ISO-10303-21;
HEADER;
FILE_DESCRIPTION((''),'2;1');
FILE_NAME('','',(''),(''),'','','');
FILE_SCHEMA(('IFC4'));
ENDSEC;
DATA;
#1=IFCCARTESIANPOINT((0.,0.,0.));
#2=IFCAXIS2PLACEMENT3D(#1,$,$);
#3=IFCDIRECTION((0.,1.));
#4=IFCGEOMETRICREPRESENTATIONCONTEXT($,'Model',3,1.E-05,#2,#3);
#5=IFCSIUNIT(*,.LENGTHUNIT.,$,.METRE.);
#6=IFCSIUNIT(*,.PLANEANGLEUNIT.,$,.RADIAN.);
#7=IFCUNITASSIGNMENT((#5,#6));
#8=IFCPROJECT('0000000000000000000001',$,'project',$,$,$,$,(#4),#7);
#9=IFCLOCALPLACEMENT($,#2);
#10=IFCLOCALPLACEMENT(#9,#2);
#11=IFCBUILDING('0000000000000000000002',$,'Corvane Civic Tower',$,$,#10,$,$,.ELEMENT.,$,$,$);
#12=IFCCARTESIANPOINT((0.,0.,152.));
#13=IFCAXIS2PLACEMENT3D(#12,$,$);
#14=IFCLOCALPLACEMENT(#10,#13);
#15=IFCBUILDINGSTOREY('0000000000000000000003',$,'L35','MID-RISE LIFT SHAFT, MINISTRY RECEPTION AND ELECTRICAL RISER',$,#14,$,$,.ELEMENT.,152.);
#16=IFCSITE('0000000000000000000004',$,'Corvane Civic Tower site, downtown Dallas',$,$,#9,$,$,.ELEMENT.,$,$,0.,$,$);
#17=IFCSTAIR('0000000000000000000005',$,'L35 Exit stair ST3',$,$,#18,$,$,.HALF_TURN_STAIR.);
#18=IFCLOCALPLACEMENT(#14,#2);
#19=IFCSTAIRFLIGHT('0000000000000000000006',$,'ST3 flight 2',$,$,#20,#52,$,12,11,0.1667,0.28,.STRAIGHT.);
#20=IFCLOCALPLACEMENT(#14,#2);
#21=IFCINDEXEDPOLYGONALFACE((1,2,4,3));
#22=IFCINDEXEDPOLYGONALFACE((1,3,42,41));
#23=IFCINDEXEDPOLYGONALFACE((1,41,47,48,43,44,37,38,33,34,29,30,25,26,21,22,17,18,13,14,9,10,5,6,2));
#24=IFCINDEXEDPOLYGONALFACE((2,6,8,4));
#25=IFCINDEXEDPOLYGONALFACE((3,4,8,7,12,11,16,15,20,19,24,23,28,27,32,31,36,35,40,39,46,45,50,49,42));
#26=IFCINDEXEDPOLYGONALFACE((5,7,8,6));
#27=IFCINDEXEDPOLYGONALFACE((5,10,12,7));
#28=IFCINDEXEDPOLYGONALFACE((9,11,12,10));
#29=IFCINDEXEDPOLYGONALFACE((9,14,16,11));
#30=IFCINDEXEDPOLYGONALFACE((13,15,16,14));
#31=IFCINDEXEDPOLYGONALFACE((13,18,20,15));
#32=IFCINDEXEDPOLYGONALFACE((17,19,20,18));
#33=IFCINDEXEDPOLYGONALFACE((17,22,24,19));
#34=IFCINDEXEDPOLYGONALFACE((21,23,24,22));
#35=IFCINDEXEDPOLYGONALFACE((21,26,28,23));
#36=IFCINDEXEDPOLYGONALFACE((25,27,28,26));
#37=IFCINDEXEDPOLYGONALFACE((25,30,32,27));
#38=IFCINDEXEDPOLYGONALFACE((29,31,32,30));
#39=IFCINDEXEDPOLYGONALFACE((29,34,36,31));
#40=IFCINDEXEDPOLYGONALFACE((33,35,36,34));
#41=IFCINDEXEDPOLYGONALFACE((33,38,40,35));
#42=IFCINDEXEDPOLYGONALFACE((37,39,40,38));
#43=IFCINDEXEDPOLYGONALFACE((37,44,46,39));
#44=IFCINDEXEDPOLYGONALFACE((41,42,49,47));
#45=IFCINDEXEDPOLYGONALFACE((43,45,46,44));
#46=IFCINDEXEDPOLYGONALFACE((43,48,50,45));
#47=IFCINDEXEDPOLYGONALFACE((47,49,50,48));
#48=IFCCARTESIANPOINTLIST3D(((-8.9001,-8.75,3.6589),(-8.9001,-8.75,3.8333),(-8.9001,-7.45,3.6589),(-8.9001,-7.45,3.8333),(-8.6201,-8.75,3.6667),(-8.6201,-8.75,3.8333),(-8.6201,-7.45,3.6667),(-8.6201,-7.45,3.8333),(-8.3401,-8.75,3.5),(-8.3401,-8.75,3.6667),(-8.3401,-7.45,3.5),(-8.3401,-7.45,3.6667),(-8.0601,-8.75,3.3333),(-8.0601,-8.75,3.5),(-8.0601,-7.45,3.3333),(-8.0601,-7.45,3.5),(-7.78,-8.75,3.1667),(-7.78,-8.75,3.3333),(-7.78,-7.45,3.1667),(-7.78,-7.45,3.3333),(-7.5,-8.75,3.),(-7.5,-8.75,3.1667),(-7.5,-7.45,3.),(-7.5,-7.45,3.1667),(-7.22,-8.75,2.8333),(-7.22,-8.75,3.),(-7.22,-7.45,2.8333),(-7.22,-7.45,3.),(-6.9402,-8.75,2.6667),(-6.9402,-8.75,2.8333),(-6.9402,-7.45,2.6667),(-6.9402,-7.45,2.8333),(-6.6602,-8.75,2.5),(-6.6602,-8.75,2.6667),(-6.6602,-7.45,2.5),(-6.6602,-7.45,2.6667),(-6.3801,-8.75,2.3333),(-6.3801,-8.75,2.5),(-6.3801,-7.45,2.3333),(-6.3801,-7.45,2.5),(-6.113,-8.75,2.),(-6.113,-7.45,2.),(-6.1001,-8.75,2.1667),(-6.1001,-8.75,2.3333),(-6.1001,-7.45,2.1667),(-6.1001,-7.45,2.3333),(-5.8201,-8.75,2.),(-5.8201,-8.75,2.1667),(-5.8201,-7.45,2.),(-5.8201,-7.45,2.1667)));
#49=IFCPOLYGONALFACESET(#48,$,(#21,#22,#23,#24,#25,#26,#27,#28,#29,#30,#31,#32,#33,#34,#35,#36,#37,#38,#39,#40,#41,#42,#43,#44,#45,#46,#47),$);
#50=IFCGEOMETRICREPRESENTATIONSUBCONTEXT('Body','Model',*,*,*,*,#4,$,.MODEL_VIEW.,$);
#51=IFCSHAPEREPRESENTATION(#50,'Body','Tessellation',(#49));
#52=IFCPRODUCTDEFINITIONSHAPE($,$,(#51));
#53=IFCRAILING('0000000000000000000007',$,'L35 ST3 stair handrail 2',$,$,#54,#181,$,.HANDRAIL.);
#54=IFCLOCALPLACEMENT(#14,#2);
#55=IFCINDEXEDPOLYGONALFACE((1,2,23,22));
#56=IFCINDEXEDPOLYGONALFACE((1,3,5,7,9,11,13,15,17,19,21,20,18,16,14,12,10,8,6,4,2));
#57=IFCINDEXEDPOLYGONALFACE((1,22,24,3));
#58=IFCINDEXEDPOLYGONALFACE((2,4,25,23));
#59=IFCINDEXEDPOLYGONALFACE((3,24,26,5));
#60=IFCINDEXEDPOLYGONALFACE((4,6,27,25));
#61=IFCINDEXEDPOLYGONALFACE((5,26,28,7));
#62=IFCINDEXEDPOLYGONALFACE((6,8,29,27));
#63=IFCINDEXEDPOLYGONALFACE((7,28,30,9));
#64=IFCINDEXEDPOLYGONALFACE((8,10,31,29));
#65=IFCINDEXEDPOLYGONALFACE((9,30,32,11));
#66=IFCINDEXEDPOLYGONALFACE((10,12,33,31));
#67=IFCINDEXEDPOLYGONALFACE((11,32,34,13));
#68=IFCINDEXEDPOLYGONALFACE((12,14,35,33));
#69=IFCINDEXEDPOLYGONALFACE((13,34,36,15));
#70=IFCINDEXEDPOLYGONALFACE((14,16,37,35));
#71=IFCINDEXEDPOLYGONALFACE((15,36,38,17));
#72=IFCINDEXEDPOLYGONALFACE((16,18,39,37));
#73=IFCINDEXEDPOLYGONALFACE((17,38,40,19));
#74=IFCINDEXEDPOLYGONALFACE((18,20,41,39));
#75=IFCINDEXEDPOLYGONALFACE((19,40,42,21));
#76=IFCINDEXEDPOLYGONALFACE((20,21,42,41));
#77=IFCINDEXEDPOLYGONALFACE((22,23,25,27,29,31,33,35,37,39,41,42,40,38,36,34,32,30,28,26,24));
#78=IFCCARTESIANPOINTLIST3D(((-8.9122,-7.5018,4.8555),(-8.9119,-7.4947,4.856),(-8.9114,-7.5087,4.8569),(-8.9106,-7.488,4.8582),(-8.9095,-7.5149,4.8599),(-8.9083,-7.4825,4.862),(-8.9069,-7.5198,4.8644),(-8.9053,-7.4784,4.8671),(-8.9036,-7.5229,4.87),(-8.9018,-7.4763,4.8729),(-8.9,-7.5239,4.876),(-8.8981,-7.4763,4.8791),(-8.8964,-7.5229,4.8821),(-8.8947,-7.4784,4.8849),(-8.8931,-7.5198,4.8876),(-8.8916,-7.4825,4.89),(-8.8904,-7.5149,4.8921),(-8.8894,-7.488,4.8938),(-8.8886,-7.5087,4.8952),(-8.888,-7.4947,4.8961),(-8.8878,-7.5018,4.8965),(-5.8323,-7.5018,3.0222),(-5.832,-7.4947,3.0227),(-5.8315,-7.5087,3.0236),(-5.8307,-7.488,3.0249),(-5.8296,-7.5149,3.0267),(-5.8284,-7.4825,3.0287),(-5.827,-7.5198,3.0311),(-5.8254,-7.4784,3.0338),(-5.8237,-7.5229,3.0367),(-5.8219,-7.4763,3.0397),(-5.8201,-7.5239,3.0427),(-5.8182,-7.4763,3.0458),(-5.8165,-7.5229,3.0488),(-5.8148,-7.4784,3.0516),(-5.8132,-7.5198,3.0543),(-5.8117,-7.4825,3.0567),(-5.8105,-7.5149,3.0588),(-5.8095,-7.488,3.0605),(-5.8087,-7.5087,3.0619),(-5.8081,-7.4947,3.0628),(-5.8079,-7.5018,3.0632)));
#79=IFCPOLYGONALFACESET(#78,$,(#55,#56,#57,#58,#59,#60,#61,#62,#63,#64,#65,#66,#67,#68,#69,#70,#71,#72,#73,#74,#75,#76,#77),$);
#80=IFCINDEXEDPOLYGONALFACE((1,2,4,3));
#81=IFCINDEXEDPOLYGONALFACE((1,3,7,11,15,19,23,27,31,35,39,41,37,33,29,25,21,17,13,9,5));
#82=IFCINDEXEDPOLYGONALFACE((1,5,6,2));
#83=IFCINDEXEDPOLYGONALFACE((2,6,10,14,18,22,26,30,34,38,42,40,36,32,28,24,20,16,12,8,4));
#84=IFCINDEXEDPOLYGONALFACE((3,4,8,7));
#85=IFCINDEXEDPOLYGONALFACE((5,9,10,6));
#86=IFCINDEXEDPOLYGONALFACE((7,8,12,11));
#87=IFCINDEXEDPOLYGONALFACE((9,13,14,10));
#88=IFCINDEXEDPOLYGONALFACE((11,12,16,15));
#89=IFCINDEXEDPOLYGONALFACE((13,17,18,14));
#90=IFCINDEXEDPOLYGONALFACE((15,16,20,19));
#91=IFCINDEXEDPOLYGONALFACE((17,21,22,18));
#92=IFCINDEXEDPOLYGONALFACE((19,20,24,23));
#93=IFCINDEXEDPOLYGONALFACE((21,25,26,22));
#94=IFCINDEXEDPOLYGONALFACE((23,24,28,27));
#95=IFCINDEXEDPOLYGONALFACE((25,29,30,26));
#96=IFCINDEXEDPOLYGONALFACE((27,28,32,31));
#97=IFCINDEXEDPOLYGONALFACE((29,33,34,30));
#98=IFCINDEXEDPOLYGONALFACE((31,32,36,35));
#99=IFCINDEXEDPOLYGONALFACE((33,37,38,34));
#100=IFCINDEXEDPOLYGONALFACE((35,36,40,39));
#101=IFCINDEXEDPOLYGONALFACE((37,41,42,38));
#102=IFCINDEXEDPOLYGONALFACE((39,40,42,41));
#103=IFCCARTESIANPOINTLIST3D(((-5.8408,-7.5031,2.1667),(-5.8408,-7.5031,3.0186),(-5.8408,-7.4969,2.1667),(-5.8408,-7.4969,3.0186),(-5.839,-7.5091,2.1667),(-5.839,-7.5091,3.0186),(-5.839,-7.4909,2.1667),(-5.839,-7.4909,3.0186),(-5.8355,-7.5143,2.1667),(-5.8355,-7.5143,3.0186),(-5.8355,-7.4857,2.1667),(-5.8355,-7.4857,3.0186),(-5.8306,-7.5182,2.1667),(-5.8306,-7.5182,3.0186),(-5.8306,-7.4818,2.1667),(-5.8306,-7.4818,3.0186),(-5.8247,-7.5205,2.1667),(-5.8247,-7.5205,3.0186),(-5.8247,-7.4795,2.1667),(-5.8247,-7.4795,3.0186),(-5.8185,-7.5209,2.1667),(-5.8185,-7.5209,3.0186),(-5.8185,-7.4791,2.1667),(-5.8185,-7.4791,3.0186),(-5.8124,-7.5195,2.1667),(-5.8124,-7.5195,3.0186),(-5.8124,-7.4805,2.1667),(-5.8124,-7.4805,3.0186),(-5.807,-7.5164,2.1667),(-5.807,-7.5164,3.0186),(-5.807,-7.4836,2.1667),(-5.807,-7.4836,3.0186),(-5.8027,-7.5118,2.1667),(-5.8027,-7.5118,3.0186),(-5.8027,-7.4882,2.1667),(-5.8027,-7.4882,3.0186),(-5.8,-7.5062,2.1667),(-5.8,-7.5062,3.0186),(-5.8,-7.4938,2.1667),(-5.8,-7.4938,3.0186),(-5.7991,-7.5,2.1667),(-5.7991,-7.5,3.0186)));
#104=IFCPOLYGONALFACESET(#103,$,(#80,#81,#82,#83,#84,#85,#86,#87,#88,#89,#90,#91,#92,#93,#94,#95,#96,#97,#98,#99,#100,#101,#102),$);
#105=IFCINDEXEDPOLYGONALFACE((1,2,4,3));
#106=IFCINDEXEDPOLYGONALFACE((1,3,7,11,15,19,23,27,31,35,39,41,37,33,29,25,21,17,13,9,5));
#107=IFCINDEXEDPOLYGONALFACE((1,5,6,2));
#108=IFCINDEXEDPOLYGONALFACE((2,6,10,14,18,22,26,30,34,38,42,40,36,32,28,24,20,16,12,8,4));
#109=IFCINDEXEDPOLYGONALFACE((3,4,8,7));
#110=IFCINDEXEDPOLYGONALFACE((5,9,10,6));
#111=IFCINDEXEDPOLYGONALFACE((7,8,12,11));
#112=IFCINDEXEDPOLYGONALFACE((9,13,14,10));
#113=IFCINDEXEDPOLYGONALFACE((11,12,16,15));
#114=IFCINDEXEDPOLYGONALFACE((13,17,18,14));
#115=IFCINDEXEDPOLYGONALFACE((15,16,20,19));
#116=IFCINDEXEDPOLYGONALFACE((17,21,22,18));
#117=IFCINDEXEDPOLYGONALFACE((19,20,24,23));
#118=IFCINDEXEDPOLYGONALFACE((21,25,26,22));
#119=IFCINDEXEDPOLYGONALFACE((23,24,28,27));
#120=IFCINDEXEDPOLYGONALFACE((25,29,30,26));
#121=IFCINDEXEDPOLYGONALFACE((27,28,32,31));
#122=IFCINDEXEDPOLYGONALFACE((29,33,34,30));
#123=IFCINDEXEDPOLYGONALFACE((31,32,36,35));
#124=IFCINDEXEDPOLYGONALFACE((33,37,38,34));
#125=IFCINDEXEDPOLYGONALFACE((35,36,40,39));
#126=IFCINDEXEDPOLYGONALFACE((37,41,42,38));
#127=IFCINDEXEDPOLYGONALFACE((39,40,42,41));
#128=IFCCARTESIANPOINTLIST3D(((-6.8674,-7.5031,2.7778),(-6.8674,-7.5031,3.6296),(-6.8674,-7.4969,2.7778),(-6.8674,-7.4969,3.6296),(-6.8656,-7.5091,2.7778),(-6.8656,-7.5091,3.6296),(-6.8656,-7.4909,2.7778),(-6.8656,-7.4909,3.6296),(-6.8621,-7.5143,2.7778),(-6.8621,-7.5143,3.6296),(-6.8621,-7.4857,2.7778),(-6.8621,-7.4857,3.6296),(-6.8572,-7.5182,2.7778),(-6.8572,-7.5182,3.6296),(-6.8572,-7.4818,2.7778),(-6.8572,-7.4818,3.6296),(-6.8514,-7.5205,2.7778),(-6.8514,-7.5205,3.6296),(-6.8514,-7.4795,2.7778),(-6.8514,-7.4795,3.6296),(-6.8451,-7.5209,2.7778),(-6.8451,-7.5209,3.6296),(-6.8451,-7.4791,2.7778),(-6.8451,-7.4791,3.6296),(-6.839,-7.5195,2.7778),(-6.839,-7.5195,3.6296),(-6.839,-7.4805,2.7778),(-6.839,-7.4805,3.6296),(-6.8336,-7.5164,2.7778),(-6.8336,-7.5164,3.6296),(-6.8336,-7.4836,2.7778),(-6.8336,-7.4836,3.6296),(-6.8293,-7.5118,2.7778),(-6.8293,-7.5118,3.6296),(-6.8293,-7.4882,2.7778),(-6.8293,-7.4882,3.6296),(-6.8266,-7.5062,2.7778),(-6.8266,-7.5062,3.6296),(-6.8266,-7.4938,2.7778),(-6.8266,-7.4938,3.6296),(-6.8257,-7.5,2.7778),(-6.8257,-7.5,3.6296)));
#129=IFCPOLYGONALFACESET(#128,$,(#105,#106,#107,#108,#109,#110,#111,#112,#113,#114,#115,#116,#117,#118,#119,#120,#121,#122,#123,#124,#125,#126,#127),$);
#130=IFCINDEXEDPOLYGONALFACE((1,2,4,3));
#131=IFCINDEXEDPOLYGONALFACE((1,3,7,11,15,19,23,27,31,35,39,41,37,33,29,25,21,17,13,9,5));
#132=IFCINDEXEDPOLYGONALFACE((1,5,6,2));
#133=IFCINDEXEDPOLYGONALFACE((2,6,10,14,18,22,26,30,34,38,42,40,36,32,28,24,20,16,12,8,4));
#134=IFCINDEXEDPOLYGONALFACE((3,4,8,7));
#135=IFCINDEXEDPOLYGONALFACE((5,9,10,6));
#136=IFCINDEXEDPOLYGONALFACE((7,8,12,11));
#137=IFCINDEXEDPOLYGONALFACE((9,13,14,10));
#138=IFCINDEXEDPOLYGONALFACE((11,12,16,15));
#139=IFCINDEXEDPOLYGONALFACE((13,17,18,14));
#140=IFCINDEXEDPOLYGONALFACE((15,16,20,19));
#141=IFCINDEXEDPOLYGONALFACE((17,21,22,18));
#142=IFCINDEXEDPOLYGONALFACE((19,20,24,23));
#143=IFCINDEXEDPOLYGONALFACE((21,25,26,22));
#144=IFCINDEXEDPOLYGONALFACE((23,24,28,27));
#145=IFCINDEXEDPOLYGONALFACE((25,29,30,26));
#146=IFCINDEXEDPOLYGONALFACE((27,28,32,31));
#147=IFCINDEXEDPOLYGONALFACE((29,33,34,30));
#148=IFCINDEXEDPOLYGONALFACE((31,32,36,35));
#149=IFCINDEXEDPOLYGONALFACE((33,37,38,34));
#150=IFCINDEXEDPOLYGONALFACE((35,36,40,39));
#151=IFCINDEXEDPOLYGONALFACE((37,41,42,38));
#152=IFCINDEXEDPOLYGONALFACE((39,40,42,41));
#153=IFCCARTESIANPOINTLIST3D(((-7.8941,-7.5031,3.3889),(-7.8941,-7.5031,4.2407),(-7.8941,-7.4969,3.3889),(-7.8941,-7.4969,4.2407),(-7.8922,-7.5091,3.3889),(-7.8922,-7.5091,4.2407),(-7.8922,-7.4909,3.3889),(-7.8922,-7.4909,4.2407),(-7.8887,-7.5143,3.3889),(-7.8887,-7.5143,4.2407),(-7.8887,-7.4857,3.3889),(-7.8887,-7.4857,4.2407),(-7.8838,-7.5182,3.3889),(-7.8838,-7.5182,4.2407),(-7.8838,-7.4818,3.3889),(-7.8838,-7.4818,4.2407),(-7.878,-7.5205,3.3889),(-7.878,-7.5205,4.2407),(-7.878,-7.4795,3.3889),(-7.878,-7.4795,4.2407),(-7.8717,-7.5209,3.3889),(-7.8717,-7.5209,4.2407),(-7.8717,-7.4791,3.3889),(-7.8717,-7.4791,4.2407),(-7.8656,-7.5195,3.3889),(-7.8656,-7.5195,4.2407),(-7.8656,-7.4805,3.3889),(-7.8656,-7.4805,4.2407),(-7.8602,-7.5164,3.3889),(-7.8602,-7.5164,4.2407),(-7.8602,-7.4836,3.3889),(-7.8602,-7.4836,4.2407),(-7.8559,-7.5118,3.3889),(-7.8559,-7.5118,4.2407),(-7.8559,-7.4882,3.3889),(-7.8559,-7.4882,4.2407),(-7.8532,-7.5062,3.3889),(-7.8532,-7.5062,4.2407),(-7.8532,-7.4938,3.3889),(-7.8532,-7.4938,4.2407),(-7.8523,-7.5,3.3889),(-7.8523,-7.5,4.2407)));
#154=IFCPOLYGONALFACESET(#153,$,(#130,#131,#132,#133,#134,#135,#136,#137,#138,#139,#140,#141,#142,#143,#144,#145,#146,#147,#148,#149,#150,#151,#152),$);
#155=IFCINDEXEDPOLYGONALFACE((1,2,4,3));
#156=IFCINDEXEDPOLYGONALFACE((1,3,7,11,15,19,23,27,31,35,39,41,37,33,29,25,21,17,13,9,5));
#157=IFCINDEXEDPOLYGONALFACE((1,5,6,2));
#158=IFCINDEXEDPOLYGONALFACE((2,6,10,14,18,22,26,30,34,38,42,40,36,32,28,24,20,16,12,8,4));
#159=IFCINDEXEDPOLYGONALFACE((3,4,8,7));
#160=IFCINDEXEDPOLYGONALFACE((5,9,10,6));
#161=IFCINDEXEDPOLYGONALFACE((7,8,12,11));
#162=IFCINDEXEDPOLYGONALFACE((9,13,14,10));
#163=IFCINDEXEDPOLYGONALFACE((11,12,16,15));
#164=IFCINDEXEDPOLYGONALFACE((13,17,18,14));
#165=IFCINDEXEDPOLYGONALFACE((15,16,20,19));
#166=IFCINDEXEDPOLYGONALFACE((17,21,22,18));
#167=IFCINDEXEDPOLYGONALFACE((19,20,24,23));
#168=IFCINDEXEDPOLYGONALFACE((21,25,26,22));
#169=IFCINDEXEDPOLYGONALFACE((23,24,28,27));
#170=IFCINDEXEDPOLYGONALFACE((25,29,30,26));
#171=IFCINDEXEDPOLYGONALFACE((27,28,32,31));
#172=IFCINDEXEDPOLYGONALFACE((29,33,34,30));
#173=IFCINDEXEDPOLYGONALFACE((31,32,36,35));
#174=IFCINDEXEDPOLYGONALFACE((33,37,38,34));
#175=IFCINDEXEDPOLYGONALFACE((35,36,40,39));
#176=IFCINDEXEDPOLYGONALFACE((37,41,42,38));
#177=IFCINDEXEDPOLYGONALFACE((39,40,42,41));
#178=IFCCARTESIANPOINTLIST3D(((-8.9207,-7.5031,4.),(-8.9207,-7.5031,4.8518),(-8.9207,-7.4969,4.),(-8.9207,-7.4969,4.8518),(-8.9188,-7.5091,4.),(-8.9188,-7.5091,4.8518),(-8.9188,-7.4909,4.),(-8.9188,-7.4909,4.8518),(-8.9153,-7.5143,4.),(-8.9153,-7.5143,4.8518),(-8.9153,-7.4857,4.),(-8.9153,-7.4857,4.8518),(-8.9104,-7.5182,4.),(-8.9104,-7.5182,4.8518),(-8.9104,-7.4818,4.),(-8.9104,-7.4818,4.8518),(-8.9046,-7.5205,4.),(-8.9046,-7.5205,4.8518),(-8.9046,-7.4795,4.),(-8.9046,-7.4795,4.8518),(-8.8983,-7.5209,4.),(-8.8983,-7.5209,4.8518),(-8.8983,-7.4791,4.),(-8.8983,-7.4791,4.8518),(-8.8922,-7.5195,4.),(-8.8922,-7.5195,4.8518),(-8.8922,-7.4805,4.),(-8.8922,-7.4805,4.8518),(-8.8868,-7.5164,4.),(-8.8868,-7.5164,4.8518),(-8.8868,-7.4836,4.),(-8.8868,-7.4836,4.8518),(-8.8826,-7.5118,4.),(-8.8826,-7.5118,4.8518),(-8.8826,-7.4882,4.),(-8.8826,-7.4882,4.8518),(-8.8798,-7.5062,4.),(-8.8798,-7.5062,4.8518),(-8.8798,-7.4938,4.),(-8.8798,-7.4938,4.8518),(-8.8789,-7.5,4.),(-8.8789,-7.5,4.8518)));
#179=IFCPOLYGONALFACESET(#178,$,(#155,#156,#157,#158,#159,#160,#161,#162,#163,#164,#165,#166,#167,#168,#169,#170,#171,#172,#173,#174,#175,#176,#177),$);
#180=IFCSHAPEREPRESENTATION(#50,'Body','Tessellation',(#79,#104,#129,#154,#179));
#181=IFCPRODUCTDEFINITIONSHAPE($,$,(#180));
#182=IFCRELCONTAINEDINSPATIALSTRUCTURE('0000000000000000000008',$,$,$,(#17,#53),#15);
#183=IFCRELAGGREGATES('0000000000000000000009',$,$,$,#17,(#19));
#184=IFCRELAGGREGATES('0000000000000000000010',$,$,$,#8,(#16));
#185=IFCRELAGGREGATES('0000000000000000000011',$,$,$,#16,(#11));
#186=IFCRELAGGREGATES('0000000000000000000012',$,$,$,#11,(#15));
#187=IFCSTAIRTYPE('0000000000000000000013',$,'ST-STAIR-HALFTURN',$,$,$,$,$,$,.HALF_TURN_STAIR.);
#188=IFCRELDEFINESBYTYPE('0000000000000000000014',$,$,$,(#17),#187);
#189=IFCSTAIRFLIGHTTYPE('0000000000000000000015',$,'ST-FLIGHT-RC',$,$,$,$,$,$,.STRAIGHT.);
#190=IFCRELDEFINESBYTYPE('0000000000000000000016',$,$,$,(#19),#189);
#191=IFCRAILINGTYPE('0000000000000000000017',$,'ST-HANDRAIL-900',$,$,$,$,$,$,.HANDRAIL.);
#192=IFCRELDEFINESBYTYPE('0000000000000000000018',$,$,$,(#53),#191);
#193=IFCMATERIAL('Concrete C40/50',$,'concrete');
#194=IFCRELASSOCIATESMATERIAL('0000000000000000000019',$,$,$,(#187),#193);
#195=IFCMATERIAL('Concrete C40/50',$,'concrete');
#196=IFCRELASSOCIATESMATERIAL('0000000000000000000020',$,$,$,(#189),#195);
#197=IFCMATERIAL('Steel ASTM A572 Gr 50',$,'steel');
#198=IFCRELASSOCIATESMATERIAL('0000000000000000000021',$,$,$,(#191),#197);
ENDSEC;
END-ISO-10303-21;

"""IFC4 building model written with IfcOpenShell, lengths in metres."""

from ifc_helpers import new_model, si_unit, direction, frame, origin, origin_2d, place, context, subcontext, project, spatial, polyline, circle, outline, extrude, material, type_object, element, aggregate, save


model = new_model("IFC4")

# Units and contexts
model_context = context("Model", 3, precision=1e-05, world=origin(), true_north=direction((0.0, 1.0)))
body_context = subcontext(model_context, "Body", "Model", "MODEL_VIEW")
ifc_project = project(units=[si_unit("LENGTHUNIT", "METRE"), si_unit("PLANEANGLEUNIT", "RADIAN")], contexts=[model_context])

# Site, building, storey
site_placement = place(None, origin())
site = spatial("IfcSite", under=ifc_project, at=site_placement, Name="Corvane Civic Tower site, downtown Dallas", CompositionType="ELEMENT", RefElevation=0.0)
building_placement = place(site_placement, origin())
building = spatial("IfcBuilding", under=site, at=building_placement, Name="Corvane Civic Tower", CompositionType="ELEMENT")
storey_placement = place(building_placement, frame((0.0, 0.0, 152.0)))
storey = spatial("IfcBuildingStorey", under=building, at=storey_placement, Name="L35", Description="MID-RISE LIFT SHAFT, MINISTRY RECEPTION AND ELECTRICAL RISER", CompositionType="ELEMENT", Elevation=152.0)

# Shared definitions
ifc_material_1 = material(Name="Concrete C40/50", Category="concrete")
stair_type = type_object("IfcStairType", Name="ST-STAIR-HALFTURN", PredefinedType="HALF_TURN_STAIR", material=ifc_material_1)

# Stair, stair flight
stair_1_placement = place(storey_placement, origin())
stair_1 = element("IfcStair", 1, at=stair_1_placement, inside=storey, type_object=stair_type, Name="L35 Exit stair ST3", PredefinedType="HALF_TURN_STAIR")
ifc_material_2 = material(Name="Concrete C40/50", Category="concrete")
stair_flight_type = type_object("IfcStairFlightType", Name="ST-FLIGHT-RC", PredefinedType="STRAIGHT", material=ifc_material_2)
stair_flight_1_placement = place(storey_placement, frame((-5.8201, -8.1001, 2.0), z_axis=(0.0, 0.0, 1.0), x_axis=(-1.0, 0.0, 0.0)))
stair_flight_1 = element("IfcStairFlight", 2, at=stair_flight_1_placement, type_object=stair_flight_type, Name="ST3 flight 2", NumberOfRisers=12, NumberOfTreads=11, PredefinedType="STRAIGHT", RiserHeight=0.1667, TreadLength=0.28, context=body_context, shape_type="SweptSolid", body=[
    extrude(outline(polyline([(0.0, 0.0), (0.0, 0.1667), (0.28, 0.1667), (0.28, 0.3333), (0.5601, 0.3333), (0.5601, 0.5), (0.8401, 0.5), (0.8401, 0.6667), (1.1201, 0.6667), (1.1201, 0.8333), (1.3999, 0.8333), (1.3999, 1.0), (1.6799, 1.0), (1.6799, 1.1667), (1.96, 1.1667), (1.96, 1.3333), (2.24, 1.3333), (2.24, 1.5), (2.52, 1.5), (2.52, 1.6667), (2.8, 1.6667), (2.8, 1.8333), (3.0801, 1.8333), (3.0801, 2.0), (3.0801, 1.6589), (0.293, 0.0), (0.0, 0.0)])), frame((0.0, 0.6499, 0.0), z_axis=(0.0, -1.0, 0.0), x_axis=(1.0, 0.0, 0.0)), (0.0, 0.0, 1.0), 1.3),
])
aggregate(stair_1, [stair_flight_1])

# Railing
ifc_material_3 = material(Name="Steel ASTM A572 Gr 50", Category="steel")
railing_type = type_object("IfcRailingType", Name="ST-HANDRAIL-900", PredefinedType="HANDRAIL", material=ifc_material_3)
railing_placement = place(storey_placement, frame((-5.8201, -7.5, 2.1667)))
element("IfcRailing", 3, at=railing_placement, inside=storey, type_object=railing_type, Name="L35 ST3 stair handrail 2", PredefinedType="HANDRAIL", context=body_context, shape_type="SweptSolid", body=[
    extrude(circle(Radius=0.0239, at=origin_2d()), frame((0.0, 0.0, 0.876), z_axis=(-0.859291, 0.0, 0.511487), x_axis=(0.0, -1.0, 0.0)), (0.0, 0.0, 1.0), 3.5842),
    extrude(circle(Radius=0.021, at=origin_2d()), origin(), (0.0, 0.0, 1.0), 0.8518),
    extrude(circle(Radius=0.021, at=origin_2d()), frame((-1.0266, 0.0, 0.6111)), (0.0, 0.0, 1.0), 0.8518),
    extrude(circle(Radius=0.021, at=origin_2d()), frame((-2.0532, 0.0, 1.2222)), (0.0, 0.0, 1.0), 0.8518),
    extrude(circle(Radius=0.021, at=origin_2d()), frame((-3.0798, 0.0, 1.8333)), (0.0, 0.0, 1.0), 0.8518),
])

save(model, "model.ifc")
